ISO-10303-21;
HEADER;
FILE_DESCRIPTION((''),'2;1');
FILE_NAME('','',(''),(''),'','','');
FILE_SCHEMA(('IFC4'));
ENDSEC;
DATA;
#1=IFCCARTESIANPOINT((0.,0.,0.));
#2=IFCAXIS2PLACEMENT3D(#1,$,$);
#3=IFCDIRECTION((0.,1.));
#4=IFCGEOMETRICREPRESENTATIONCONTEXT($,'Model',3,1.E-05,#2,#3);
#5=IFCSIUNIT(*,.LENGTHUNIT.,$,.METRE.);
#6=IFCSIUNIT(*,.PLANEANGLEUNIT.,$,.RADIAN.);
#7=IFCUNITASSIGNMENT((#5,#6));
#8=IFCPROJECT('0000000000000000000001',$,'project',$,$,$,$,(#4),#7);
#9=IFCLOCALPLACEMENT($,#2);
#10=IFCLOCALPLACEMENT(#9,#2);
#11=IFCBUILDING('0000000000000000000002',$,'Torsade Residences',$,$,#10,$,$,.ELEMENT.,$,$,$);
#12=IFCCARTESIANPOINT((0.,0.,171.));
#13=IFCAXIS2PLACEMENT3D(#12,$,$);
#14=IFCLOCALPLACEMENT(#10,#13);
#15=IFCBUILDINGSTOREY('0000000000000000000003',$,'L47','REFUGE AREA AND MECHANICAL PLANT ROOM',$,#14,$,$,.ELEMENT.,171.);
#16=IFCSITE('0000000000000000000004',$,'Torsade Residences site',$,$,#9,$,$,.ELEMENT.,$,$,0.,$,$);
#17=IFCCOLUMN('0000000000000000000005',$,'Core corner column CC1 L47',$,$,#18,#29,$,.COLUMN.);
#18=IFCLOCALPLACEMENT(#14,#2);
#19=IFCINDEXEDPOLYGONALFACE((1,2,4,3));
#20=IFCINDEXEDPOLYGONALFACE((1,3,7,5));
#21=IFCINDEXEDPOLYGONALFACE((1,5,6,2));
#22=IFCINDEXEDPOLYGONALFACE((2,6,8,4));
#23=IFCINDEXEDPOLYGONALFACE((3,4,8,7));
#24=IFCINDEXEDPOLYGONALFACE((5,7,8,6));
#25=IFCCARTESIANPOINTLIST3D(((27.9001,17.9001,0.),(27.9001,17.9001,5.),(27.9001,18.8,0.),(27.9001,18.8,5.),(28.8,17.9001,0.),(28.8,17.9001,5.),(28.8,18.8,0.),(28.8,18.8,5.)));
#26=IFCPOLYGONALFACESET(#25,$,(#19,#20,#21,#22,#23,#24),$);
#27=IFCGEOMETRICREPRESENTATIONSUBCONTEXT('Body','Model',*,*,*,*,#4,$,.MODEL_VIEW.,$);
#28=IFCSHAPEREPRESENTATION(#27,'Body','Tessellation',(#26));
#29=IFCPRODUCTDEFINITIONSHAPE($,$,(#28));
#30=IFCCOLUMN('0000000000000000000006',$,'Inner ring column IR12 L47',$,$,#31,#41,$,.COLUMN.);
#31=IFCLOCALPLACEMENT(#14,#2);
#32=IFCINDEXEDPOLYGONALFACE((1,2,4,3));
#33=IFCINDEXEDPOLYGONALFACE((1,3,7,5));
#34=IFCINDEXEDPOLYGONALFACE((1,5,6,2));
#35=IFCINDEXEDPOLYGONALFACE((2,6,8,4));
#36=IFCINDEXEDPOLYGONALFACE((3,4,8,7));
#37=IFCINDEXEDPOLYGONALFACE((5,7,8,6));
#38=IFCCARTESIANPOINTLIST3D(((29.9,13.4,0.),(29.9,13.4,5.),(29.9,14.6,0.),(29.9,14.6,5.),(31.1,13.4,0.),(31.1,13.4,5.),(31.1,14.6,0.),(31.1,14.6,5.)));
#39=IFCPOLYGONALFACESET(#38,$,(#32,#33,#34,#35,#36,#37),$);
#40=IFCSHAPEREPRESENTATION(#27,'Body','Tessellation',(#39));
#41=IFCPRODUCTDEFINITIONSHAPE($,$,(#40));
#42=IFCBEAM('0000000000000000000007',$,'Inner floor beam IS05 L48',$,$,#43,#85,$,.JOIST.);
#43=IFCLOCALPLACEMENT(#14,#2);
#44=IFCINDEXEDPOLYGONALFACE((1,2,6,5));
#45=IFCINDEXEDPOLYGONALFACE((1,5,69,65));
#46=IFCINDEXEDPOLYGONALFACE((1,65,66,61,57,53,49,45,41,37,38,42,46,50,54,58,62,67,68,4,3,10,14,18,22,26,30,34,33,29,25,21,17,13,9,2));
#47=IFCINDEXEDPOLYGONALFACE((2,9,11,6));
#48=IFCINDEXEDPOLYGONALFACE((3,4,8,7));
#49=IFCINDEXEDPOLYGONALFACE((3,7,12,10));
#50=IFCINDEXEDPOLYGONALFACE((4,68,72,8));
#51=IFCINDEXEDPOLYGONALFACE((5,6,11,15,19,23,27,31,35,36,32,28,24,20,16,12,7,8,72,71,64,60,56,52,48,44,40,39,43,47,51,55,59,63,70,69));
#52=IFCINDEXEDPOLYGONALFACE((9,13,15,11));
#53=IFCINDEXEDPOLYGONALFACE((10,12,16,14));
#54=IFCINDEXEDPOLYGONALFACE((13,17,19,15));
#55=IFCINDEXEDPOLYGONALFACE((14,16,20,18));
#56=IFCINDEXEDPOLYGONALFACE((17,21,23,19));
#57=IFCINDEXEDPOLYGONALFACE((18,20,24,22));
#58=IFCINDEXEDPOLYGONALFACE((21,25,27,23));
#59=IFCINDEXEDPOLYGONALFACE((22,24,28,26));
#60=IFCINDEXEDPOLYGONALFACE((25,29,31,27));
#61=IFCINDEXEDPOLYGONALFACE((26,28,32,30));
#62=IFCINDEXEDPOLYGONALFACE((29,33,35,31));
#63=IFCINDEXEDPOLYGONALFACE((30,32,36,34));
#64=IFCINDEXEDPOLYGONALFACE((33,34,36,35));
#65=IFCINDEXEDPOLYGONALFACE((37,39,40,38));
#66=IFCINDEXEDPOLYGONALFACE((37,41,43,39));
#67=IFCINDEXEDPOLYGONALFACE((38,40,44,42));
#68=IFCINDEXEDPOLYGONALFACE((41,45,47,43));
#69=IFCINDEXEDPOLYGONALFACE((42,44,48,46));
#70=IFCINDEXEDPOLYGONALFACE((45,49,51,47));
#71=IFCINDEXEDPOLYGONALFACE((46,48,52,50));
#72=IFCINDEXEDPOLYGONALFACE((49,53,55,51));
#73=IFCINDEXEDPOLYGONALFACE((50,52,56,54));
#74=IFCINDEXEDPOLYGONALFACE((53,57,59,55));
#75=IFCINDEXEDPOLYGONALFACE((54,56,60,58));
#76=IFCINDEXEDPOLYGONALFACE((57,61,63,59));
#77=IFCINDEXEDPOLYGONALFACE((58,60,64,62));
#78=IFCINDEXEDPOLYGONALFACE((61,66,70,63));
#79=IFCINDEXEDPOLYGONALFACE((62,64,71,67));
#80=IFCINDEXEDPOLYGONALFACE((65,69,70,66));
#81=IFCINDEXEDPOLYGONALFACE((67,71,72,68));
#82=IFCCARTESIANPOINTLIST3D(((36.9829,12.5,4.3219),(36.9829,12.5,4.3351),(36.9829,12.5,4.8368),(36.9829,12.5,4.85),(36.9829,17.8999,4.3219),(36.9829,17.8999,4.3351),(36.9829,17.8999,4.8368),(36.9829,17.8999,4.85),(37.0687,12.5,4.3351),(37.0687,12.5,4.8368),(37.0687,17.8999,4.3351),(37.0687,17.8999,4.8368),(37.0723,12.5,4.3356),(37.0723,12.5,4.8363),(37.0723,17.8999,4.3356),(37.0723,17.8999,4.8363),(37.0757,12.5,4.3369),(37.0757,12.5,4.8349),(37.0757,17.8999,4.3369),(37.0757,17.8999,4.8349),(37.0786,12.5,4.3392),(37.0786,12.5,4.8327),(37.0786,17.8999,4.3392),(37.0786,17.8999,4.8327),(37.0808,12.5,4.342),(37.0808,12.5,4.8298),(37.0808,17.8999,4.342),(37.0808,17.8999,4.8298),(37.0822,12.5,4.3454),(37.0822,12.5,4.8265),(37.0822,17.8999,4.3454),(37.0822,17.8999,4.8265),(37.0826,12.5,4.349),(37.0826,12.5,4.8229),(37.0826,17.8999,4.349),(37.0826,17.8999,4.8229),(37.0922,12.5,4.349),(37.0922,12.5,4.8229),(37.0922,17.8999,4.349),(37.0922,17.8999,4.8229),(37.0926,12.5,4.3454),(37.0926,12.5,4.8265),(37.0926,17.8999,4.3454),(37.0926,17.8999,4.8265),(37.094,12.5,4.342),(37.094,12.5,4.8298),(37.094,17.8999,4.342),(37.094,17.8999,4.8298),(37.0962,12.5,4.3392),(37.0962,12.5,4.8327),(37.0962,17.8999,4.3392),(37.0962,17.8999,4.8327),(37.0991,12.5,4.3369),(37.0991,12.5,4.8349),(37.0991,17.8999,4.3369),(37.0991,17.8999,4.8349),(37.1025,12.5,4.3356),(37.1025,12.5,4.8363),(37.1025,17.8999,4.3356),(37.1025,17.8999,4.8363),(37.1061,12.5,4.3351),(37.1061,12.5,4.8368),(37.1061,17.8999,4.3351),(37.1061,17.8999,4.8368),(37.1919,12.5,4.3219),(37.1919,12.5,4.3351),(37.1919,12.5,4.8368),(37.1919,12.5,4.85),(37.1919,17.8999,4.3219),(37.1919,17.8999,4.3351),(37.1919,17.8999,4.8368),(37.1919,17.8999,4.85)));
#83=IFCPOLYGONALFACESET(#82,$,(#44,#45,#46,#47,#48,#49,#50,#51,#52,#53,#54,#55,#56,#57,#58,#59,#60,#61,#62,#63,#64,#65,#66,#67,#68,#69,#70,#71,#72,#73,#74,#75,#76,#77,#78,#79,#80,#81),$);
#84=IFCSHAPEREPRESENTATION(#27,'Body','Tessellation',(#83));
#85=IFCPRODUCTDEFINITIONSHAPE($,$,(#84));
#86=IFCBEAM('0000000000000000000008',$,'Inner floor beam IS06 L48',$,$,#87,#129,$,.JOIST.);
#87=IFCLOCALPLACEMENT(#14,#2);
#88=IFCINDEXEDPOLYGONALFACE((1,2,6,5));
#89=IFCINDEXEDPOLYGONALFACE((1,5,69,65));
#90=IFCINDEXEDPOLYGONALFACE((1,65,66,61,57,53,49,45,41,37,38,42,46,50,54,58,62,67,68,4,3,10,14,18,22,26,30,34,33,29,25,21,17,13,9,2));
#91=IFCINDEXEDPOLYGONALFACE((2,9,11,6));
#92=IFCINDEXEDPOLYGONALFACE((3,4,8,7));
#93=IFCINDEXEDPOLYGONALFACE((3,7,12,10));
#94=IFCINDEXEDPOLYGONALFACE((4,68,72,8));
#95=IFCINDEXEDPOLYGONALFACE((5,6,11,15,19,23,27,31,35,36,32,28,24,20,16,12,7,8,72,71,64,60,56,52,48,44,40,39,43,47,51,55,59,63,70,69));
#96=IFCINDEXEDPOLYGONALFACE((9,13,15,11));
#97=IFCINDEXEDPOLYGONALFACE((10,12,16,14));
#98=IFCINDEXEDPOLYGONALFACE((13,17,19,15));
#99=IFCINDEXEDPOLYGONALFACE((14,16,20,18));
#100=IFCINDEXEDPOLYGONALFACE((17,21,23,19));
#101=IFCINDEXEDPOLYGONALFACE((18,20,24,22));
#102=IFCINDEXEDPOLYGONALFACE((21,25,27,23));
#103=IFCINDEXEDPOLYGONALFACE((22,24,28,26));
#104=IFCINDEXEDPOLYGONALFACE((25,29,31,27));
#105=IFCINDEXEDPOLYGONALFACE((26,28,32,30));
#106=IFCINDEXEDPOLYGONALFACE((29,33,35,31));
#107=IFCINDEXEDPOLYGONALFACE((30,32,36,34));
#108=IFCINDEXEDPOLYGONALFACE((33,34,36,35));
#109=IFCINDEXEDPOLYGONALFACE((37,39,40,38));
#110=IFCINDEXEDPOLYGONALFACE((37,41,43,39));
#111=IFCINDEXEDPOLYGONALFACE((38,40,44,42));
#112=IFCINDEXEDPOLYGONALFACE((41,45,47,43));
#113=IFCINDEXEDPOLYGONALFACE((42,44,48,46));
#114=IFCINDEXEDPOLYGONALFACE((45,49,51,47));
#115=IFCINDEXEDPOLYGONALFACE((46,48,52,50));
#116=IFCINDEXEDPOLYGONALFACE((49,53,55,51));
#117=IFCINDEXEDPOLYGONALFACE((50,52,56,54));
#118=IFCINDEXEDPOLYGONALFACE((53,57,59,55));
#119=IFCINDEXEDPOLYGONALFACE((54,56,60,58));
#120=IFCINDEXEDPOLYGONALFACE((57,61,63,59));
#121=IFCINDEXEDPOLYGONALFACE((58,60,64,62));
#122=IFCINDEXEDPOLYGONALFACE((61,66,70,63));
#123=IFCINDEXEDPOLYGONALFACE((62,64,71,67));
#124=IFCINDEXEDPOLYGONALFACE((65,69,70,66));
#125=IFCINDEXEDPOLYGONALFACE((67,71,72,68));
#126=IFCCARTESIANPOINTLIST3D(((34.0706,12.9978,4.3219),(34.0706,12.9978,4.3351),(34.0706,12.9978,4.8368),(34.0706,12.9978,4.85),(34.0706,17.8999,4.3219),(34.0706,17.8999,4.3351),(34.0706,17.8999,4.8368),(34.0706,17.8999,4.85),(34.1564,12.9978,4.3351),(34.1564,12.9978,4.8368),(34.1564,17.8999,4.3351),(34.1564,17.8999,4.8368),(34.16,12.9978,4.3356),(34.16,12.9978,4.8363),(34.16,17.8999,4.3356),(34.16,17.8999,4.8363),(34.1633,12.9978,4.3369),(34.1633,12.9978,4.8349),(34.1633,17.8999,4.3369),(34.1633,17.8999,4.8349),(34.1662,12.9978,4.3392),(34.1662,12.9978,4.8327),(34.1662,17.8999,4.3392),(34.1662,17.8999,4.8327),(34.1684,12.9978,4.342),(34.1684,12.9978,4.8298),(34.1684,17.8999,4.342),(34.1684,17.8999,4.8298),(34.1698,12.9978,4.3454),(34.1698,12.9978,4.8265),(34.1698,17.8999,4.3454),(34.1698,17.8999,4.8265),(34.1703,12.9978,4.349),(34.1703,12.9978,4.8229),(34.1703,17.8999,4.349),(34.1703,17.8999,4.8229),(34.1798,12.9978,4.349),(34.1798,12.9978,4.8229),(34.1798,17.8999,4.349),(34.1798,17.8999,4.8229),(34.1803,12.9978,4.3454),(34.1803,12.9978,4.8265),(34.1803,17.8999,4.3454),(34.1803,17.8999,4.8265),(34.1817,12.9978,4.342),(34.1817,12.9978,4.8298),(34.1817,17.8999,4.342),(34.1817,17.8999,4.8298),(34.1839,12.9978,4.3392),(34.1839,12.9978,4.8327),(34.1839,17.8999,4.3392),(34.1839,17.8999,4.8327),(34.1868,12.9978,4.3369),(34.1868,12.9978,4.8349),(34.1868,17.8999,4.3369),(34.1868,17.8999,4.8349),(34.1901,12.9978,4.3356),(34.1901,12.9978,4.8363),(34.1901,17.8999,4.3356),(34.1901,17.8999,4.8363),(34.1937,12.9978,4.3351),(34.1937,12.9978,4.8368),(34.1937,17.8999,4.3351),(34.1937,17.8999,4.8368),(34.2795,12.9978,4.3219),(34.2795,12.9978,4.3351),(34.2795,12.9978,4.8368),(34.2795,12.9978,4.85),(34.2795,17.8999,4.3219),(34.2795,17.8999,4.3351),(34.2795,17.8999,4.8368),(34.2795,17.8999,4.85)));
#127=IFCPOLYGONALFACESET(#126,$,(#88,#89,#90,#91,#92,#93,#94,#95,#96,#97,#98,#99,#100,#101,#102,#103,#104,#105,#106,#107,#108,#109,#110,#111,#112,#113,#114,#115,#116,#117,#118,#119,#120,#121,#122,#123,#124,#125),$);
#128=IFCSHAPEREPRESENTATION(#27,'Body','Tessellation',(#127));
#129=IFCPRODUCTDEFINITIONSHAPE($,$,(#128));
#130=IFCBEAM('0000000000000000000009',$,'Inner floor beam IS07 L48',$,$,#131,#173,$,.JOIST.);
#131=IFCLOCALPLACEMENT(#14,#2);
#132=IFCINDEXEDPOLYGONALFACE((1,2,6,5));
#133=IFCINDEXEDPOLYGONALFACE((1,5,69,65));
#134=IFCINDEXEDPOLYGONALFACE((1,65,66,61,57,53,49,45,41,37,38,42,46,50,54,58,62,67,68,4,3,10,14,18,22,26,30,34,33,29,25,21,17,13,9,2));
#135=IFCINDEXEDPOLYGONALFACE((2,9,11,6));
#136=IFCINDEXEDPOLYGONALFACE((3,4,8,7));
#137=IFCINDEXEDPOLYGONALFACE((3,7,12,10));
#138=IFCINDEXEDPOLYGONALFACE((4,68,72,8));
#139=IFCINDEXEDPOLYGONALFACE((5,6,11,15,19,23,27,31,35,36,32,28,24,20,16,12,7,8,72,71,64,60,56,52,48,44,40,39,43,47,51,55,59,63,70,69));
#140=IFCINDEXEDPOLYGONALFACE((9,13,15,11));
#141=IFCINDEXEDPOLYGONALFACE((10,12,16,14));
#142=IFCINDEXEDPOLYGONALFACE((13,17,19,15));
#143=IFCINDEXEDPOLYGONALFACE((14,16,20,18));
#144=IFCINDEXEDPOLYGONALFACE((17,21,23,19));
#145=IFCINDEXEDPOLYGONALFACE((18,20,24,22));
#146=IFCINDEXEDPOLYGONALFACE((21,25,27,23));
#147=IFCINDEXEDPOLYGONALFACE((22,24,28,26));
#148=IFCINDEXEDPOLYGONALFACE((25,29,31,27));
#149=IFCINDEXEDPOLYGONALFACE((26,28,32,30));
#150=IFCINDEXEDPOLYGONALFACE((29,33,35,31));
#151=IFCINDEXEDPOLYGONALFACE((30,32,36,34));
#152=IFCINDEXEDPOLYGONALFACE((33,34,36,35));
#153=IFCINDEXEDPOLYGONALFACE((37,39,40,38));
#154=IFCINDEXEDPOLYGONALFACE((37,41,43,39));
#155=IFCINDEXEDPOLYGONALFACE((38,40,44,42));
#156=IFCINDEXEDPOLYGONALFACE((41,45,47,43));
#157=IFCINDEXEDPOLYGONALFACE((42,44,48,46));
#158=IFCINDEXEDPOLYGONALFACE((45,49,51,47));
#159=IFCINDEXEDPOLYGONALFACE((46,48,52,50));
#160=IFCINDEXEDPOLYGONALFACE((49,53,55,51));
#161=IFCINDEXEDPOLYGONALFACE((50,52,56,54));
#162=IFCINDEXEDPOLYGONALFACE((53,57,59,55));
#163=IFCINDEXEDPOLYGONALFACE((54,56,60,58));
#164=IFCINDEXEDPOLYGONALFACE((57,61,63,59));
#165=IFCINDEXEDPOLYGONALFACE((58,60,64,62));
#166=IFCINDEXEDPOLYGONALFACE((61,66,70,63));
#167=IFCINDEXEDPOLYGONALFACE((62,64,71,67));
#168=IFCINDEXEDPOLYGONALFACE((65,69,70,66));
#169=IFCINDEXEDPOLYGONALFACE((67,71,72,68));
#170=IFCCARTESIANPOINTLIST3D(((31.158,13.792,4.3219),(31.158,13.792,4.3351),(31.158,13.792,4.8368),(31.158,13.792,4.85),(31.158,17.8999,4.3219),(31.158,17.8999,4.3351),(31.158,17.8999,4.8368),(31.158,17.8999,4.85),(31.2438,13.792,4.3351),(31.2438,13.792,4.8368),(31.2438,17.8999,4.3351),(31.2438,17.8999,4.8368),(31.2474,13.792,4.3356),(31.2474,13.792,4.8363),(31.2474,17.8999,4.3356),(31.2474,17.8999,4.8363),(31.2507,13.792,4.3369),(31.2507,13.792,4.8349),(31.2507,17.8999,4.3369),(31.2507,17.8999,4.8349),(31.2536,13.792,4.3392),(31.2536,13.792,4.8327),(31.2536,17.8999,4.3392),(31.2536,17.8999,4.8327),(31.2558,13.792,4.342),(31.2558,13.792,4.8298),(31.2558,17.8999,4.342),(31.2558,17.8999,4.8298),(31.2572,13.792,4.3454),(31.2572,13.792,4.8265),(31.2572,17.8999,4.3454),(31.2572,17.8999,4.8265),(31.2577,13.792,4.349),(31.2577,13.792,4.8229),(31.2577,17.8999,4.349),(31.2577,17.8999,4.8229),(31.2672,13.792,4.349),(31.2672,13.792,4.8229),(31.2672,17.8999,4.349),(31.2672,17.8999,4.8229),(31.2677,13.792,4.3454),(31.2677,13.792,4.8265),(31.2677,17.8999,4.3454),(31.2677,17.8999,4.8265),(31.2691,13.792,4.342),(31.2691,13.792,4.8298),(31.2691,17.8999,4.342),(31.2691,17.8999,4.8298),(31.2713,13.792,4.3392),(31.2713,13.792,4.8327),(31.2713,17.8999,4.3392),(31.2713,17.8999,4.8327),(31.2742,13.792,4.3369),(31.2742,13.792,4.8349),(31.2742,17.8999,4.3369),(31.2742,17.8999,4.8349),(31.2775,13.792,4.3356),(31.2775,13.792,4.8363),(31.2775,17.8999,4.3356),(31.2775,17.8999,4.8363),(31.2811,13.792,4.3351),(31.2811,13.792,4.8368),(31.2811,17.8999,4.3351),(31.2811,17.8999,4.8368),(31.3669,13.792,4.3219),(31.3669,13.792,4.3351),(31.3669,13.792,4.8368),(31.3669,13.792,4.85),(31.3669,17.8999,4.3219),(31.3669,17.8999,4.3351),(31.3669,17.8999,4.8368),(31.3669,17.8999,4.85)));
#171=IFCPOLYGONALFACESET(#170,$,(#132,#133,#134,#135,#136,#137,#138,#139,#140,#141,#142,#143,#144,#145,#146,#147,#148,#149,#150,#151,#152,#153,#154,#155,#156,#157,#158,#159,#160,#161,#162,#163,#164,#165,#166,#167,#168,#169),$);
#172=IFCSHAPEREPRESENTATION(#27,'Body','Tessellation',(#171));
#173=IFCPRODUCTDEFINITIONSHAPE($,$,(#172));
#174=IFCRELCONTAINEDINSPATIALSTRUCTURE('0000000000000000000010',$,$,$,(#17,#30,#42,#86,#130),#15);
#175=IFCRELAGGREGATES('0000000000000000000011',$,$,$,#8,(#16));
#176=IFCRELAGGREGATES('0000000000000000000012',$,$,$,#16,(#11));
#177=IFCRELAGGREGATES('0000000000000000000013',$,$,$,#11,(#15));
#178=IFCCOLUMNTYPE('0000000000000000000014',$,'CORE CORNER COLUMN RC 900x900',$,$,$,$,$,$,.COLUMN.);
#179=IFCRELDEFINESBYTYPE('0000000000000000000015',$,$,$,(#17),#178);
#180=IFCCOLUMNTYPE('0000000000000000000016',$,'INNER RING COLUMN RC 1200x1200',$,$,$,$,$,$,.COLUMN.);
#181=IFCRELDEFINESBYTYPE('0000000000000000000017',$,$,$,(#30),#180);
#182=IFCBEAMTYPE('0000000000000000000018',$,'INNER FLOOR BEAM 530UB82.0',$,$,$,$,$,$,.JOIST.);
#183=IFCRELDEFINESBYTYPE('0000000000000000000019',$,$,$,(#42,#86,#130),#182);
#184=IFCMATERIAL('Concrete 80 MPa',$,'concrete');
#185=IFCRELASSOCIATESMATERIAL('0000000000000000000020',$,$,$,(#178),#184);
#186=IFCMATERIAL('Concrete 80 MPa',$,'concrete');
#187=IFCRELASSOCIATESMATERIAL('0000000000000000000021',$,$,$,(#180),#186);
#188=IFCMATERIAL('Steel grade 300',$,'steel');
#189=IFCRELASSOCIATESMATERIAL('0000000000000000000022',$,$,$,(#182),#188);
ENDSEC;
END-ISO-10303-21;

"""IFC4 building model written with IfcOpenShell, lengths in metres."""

from ifc_helpers import new_model, si_unit, direction, frame, origin, origin_2d, place, context, subcontext, project, spatial, rectangle, i_section, extrude, material, material_profile, profile_set, type_object, element, save


model = new_model("IFC4")

# Units and contexts
model_context = context("Model", 3, precision=1e-05, world=origin(), true_north=direction((0.0, 1.0)))
body_context = subcontext(model_context, "Body", "Model", "MODEL_VIEW")
ifc_project = project(units=[si_unit("LENGTHUNIT", "METRE"), si_unit("PLANEANGLEUNIT", "RADIAN")], contexts=[model_context])

# Site, building, storey
site_placement = place(None, origin())
site = spatial("IfcSite", under=ifc_project, at=site_placement, Name="Torsade Residences site", CompositionType="ELEMENT", RefElevation=0.0)
building_placement = place(site_placement, origin())
building = spatial("IfcBuilding", under=site, at=building_placement, Name="Torsade Residences", CompositionType="ELEMENT")
storey_placement = place(building_placement, frame((0.0, 0.0, 171.0)))
storey = spatial("IfcBuildingStorey", under=building, at=storey_placement, Name="L47", Description="REFUGE AREA AND MECHANICAL PLANT ROOM", CompositionType="ELEMENT", Elevation=171.0)

# Columns
ifc_material_1 = material(Name="Concrete 80 MPa", Category="concrete")
ifc_material_profile_1 = material_profile(ifc_material_1, rectangle(XDim=0.8999, YDim=0.8999, at=origin_2d()), Name="RC 900x900")
ifc_profile_set_1 = profile_set([ifc_material_profile_1], Name="Concrete 80 MPa")
column_type_1 = type_object("IfcColumnType", Name="CORE CORNER COLUMN RC 900x900", PredefinedType="COLUMN", material=ifc_profile_set_1)
column_1_placement = place(storey_placement, frame((28.3501, 18.3501, 0.0), z_axis=(0.0, 0.0, 1.0), x_axis=(1.0, 0.0, 0.0)))
element("IfcColumn", 1, at=column_1_placement, inside=storey, type_object=column_type_1, Name="Core corner column CC1 L47", PredefinedType="COLUMN", context=body_context, shape_type="SweptSolid", body=[
    extrude(rectangle(XDim=0.8999, YDim=0.8999, at=origin_2d()), origin(), (0.0, 0.0, 1.0), 5.0),
])
ifc_material_2 = material(Name="Concrete 80 MPa", Category="concrete")
ifc_material_profile_2 = material_profile(ifc_material_2, rectangle(XDim=1.2, YDim=1.2, at=origin_2d()), Name="RC 1200x1200")
ifc_profile_set_2 = profile_set([ifc_material_profile_2], Name="Concrete 80 MPa")
column_type_2 = type_object("IfcColumnType", Name="INNER RING COLUMN RC 1200x1200", PredefinedType="COLUMN", material=ifc_profile_set_2)
column_2_placement = place(storey_placement, frame((30.5, 14.0, 0.0), z_axis=(0.0, 0.0, 1.0), x_axis=(1.0, 0.0, 0.0)))
element("IfcColumn", 2, at=column_2_placement, inside=storey, type_object=column_type_2, Name="Inner ring column IR12 L47", PredefinedType="COLUMN", context=body_context, shape_type="SweptSolid", body=[
    extrude(rectangle(XDim=1.2, YDim=1.2, at=origin_2d()), origin(), (0.0, 0.0, 1.0), 5.0),
])

# Beams
ifc_material_3 = material(Name="Steel grade 300", Category="steel")
ifc_material_profile_3 = material_profile(ifc_material_3, i_section(OverallWidth=0.209, OverallDepth=0.5281, WebThickness=0.0095, FlangeThickness=0.0132, FilletRadius=0.0139, at=origin_2d()), Name="530UB82.0")
ifc_profile_set_3 = profile_set([ifc_material_profile_3], Name="Steel grade 300")
beam_type_1 = type_object("IfcBeamType", Name="INNER FLOOR BEAM 530UB82.0", PredefinedType="JOIST", material=ifc_profile_set_3)
beam_1_placement = place(storey_placement, frame((37.0874, 17.8999, 4.5859), z_axis=(0.0, -1.0, 0.0), x_axis=(1.0, 0.0, 0.0)))
element("IfcBeam", 3, at=beam_1_placement, inside=storey, type_object=beam_type_1, Name="Inner floor beam IS05 L48", PredefinedType="JOIST", context=body_context, shape_type="SweptSolid", body=[
    extrude(i_section(OverallWidth=0.209, OverallDepth=0.5281, WebThickness=0.0095, FlangeThickness=0.0132, FilletRadius=0.0139, at=origin_2d()), origin(), (0.0, 0.0, 1.0), 5.3999),
])
beam_2_placement = place(storey_placement, frame((34.175, 17.8999, 4.5859), z_axis=(0.0, -1.0, 0.0), x_axis=(1.0, 0.0, 0.0)))
element("IfcBeam", 4, at=beam_2_placement, inside=storey, type_object=beam_type_1, Name="Inner floor beam IS06 L48", PredefinedType="JOIST", context=body_context, shape_type="SweptSolid", body=[
    extrude(i_section(OverallWidth=0.209, OverallDepth=0.5281, WebThickness=0.0095, FlangeThickness=0.0132, FilletRadius=0.0139, at=origin_2d()), origin(), (0.0, 0.0, 1.0), 4.9021),
])
beam_3_placement = place(storey_placement, frame((31.2625, 17.8999, 4.5859), z_axis=(0.0, -1.0, 0.0), x_axis=(1.0, 0.0, 0.0)))
element("IfcBeam", 5, at=beam_3_placement, inside=storey, type_object=beam_type_1, Name="Inner floor beam IS07 L48", PredefinedType="JOIST", context=body_context, shape_type="SweptSolid", body=[
    extrude(i_section(OverallWidth=0.209, OverallDepth=0.5281, WebThickness=0.0095, FlangeThickness=0.0132, FilletRadius=0.0139, at=origin_2d()), origin(), (0.0, 0.0, 1.0), 4.1079),
])

save(model, "model.ifc")
